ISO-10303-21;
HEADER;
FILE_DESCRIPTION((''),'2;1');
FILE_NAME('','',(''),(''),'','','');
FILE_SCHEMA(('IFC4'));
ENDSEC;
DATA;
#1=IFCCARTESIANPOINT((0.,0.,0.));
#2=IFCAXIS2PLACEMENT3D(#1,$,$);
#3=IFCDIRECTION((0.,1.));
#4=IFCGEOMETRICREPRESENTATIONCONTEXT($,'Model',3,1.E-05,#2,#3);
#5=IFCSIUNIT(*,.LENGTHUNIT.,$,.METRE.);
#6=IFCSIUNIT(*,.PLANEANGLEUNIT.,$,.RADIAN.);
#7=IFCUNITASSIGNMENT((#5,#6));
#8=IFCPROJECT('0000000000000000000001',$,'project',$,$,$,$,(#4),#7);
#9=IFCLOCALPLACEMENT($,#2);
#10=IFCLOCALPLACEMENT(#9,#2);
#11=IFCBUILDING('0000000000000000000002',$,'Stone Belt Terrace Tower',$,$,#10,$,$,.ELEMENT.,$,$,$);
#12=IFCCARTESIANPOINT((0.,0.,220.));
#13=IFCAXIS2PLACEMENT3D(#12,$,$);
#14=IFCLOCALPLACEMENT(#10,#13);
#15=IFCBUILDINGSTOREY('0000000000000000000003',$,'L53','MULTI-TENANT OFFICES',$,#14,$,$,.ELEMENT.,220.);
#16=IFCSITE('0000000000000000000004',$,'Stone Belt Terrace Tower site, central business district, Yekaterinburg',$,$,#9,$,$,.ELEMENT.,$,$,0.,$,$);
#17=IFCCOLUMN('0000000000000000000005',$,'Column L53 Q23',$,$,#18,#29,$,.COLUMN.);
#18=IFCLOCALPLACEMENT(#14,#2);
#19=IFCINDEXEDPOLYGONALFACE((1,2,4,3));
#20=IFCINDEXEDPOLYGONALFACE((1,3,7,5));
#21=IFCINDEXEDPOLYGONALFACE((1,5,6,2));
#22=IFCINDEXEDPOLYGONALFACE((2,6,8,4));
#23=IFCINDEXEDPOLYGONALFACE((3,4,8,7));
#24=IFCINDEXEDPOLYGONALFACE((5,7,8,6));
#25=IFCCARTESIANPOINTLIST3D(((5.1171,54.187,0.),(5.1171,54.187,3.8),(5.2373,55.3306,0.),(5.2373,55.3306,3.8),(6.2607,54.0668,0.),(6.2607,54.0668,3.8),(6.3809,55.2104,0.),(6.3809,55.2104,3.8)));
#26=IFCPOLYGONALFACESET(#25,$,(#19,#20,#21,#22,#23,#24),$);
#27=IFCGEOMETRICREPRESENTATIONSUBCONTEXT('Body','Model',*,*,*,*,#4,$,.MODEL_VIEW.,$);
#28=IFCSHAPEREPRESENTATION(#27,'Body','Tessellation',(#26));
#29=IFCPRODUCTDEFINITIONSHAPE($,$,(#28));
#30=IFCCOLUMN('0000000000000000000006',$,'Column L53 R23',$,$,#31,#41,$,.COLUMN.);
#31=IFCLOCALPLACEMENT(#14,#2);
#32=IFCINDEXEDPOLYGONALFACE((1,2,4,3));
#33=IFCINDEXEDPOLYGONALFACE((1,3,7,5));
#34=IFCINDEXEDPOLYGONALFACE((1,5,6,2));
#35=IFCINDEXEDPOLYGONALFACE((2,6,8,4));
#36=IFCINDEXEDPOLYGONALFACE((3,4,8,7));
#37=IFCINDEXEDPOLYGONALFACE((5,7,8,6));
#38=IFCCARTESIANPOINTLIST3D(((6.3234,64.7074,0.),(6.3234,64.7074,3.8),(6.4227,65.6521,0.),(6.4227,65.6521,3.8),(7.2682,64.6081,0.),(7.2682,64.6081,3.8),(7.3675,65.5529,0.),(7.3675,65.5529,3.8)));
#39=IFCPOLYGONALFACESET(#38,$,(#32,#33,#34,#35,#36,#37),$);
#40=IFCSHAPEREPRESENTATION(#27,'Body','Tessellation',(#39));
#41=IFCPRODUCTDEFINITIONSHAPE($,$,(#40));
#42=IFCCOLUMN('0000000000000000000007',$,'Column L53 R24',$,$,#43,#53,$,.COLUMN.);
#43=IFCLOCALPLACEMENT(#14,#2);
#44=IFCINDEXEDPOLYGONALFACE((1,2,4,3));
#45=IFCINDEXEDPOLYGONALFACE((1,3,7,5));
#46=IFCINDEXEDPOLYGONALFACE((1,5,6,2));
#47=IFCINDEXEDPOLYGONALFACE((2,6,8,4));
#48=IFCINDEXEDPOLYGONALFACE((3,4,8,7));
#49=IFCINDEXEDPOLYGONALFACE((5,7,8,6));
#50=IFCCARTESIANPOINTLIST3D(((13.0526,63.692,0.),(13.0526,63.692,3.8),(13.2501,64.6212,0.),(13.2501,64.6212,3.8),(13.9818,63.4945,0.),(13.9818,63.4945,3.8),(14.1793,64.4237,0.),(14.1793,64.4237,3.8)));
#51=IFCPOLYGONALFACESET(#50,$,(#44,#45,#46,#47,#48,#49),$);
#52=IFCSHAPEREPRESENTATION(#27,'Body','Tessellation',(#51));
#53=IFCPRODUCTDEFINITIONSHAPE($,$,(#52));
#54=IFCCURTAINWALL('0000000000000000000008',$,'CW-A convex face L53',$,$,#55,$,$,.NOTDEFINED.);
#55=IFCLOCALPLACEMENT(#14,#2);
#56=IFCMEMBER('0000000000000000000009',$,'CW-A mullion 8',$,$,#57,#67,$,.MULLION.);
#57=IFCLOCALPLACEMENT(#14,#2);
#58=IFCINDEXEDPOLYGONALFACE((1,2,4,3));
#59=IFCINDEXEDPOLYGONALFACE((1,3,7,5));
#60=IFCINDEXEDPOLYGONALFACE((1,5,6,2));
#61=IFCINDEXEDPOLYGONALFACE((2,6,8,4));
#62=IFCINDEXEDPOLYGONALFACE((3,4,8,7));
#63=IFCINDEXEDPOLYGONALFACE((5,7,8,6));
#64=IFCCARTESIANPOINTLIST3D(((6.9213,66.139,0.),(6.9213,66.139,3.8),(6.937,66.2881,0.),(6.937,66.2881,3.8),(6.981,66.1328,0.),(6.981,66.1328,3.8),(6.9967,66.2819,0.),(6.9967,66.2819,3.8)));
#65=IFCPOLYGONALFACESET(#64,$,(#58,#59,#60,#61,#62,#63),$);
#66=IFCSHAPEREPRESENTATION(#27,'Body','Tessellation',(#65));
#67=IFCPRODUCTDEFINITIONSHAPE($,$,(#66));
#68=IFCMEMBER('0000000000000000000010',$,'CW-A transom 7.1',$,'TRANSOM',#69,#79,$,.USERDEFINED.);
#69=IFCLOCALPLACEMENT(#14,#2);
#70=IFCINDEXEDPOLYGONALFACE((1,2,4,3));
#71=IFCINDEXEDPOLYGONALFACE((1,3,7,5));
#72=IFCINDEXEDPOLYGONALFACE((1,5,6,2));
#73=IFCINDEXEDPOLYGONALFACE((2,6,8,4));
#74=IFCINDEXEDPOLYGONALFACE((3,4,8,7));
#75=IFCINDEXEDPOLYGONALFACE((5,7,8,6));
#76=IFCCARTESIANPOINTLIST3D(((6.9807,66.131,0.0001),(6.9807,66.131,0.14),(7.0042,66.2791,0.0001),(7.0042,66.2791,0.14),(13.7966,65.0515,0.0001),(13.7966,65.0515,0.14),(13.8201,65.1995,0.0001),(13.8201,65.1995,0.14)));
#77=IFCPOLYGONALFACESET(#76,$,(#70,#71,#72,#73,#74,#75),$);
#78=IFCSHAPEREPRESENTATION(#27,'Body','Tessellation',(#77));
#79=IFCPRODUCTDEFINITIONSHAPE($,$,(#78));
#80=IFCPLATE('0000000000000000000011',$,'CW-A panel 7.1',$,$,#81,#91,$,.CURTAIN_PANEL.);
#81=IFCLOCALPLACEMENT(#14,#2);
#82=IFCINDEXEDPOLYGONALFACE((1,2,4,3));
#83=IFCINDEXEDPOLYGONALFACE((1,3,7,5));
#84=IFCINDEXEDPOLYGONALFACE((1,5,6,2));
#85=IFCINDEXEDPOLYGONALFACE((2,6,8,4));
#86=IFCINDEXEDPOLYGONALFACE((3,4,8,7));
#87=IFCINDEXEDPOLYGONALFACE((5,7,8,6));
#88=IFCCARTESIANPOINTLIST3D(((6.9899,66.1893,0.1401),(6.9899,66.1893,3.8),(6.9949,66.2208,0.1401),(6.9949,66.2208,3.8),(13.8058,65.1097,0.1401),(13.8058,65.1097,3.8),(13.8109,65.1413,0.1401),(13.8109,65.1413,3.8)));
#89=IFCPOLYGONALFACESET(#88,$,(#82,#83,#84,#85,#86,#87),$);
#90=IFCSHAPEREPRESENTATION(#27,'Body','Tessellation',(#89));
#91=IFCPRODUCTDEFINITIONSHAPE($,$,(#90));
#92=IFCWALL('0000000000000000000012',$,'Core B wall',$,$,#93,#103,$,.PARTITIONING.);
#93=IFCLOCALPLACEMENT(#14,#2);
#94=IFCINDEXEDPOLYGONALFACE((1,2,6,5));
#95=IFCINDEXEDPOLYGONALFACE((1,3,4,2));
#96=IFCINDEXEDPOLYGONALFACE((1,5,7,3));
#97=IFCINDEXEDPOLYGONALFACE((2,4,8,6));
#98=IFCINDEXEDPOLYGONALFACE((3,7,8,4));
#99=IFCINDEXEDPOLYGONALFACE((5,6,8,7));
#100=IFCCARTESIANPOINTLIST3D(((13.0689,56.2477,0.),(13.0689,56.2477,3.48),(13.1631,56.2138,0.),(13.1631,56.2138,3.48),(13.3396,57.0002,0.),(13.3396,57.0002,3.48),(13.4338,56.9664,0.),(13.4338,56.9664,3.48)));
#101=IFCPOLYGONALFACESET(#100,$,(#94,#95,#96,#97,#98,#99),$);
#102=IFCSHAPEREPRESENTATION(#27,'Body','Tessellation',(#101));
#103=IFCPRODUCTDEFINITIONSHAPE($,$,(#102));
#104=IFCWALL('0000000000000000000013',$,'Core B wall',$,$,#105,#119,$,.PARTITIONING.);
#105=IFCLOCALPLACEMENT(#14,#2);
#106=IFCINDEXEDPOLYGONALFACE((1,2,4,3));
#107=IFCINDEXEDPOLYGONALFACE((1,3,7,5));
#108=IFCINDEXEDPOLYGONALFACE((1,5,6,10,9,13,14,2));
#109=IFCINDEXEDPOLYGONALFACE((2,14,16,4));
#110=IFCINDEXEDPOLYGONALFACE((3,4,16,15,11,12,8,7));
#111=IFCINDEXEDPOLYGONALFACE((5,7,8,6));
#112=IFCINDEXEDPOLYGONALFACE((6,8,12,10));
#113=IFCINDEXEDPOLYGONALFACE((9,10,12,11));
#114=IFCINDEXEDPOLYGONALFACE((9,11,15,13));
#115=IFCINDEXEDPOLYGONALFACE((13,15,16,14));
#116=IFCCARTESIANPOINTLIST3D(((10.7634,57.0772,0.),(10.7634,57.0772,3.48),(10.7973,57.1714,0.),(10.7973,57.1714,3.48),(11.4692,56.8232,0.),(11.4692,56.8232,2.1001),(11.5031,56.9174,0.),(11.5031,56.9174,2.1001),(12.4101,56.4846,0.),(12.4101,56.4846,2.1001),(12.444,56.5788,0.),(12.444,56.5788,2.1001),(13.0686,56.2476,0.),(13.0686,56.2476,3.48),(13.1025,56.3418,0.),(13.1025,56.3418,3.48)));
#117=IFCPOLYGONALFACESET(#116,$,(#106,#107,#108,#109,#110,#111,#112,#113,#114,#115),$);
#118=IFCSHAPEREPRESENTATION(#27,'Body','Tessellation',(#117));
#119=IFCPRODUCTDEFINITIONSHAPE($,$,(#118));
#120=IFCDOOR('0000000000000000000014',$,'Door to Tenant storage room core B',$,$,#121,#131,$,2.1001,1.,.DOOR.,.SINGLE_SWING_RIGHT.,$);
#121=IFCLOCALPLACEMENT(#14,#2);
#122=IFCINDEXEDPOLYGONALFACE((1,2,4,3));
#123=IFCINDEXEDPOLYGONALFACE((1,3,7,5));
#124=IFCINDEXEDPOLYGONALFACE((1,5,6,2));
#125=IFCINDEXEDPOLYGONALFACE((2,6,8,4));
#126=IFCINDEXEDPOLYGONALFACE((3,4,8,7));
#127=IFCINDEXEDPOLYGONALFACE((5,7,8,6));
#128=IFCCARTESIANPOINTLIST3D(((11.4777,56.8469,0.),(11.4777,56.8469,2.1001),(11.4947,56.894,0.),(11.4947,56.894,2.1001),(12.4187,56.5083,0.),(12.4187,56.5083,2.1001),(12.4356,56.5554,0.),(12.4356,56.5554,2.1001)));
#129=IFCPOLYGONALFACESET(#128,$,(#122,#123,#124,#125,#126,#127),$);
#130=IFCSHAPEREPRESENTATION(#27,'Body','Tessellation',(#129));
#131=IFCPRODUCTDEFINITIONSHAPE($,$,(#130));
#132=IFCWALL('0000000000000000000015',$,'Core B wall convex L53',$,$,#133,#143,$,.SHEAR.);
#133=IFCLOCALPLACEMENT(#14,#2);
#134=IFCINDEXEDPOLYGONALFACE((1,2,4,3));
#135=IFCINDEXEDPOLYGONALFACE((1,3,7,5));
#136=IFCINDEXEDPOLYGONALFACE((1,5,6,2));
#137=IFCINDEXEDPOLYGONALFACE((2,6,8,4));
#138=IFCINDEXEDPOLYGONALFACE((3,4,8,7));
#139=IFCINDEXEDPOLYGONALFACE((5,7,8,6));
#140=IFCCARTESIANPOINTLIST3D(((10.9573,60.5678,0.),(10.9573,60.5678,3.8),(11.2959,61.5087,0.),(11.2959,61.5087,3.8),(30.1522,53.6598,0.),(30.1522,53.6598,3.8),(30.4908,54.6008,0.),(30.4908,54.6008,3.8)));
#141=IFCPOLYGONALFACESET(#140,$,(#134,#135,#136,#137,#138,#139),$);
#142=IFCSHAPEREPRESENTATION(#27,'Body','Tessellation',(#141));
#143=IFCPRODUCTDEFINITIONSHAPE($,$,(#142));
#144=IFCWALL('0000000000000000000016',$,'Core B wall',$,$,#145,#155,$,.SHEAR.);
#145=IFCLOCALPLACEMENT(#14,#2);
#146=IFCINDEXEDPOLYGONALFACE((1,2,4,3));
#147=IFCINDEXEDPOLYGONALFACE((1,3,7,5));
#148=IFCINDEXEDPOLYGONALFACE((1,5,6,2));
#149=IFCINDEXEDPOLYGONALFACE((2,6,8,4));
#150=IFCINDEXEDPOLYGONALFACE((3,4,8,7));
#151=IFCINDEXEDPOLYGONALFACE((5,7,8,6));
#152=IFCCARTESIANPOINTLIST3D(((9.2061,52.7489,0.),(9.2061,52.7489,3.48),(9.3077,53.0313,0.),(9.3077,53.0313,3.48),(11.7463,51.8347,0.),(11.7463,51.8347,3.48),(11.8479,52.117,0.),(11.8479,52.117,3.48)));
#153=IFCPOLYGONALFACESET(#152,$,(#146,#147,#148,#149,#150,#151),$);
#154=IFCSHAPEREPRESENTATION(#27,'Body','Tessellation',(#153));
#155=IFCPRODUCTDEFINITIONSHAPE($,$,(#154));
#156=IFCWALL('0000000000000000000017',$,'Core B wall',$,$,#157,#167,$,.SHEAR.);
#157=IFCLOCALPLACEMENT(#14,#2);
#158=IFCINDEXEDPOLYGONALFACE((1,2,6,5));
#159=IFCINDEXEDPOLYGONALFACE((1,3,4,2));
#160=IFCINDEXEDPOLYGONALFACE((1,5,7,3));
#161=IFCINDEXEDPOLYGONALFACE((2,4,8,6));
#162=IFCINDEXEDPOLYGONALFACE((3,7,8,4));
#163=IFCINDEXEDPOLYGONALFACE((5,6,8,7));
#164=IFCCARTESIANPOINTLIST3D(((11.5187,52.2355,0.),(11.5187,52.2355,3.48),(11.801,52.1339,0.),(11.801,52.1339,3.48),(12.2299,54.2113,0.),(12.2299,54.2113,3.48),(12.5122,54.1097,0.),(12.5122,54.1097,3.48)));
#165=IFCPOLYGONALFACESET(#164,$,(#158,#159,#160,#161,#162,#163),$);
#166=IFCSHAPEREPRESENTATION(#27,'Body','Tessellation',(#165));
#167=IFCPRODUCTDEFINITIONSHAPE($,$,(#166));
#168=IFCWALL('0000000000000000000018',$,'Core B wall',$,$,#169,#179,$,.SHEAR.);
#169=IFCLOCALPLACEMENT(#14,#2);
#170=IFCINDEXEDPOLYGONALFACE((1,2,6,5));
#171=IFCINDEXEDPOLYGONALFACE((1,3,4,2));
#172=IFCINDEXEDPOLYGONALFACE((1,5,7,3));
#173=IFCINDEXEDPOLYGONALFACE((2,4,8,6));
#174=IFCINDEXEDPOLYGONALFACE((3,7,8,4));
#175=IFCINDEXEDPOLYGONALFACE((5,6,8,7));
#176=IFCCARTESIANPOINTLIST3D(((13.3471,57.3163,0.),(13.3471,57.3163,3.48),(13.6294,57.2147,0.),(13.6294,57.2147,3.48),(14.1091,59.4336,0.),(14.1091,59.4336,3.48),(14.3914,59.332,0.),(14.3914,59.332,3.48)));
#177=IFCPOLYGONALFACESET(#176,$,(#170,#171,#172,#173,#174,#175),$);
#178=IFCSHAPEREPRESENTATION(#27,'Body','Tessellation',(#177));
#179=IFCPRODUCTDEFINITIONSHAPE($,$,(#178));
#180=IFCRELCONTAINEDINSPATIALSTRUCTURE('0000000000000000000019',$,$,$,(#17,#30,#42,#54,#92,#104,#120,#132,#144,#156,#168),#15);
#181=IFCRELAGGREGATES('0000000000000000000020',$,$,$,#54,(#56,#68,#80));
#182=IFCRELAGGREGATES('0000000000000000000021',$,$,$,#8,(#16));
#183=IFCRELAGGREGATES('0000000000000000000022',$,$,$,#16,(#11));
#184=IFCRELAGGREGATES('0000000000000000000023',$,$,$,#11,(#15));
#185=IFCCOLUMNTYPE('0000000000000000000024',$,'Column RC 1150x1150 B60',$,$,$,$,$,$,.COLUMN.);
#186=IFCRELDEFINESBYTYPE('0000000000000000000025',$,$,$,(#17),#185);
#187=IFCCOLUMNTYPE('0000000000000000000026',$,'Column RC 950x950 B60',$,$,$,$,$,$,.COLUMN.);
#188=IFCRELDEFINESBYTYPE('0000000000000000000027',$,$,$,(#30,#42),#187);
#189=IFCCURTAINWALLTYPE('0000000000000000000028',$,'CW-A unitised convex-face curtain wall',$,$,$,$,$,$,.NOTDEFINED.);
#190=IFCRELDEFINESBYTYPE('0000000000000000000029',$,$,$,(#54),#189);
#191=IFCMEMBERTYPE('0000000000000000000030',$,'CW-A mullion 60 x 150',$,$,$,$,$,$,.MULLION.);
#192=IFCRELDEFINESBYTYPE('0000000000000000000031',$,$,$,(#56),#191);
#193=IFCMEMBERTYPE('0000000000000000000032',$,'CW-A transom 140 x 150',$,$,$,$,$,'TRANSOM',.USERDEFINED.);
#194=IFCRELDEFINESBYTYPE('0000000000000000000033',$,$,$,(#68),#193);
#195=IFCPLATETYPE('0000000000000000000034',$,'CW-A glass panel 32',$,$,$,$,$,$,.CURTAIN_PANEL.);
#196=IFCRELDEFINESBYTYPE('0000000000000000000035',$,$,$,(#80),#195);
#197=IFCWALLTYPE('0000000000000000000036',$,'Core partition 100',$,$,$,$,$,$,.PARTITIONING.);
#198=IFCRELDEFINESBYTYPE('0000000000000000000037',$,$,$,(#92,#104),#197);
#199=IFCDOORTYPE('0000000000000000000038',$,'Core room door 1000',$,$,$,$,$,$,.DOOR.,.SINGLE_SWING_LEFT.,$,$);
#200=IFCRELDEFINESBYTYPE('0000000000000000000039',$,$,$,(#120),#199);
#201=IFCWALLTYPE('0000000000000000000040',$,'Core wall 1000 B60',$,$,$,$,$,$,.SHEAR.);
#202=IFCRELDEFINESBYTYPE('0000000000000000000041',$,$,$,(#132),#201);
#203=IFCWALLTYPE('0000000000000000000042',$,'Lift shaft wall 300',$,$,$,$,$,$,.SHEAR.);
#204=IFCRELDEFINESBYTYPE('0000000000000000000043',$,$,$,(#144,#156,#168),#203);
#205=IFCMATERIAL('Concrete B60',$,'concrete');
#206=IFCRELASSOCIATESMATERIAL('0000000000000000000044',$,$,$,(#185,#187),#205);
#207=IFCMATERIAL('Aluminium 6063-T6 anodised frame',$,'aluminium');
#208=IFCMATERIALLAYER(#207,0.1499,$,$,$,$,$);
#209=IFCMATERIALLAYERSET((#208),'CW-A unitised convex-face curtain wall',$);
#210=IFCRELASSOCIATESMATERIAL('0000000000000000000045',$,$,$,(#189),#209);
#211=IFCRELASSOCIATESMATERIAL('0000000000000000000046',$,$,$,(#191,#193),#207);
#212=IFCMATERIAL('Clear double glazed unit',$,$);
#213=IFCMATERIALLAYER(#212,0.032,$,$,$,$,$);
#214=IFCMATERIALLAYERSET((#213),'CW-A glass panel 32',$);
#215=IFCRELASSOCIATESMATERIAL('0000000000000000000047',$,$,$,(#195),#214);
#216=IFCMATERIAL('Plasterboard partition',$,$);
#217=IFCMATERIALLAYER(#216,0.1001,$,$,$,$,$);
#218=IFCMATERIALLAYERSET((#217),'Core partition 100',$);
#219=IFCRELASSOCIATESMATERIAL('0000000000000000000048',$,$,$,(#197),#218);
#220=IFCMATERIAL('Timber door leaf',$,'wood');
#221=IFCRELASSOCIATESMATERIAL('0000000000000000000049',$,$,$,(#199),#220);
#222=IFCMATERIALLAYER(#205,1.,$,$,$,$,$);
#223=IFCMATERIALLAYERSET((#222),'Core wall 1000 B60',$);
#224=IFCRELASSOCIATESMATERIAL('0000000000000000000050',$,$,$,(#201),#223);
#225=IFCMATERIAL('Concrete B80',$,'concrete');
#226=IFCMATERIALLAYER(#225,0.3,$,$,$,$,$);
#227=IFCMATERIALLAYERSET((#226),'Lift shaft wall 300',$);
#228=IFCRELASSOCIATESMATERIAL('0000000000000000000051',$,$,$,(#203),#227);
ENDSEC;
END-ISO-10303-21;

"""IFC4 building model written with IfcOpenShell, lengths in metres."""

from ifc_helpers import new_model, si_unit, direction, frame, frame_2d, origin, origin_2d, place, context, subcontext, project, spatial, rectangle, extrude, material, layer, layer_set, material_profile, profile_set, type_object, element, fill, aggregate, save


model = new_model("IFC4")

# Units and contexts
model_context = context("Model", 3, precision=1e-05, world=origin(), true_north=direction((0.0, 1.0)))
body_context = subcontext(model_context, "Body", "Model", "MODEL_VIEW")
ifc_project = project(units=[si_unit("LENGTHUNIT", "METRE"), si_unit("PLANEANGLEUNIT", "RADIAN")], contexts=[model_context])

# Site, building, storey
site_placement = place(None, origin())
site = spatial("IfcSite", under=ifc_project, at=site_placement, Name="Stone Belt Terrace Tower site, central business district, Yekaterinburg", CompositionType="ELEMENT", RefElevation=0.0)
building_placement = place(site_placement, origin())
building = spatial("IfcBuilding", under=site, at=building_placement, Name="Stone Belt Terrace Tower", CompositionType="ELEMENT")
storey_placement = place(building_placement, frame((0.0, 0.0, 220.0)))
storey = spatial("IfcBuildingStorey", under=building, at=storey_placement, Name="L53", Description="MULTI-TENANT OFFICES", CompositionType="ELEMENT", Elevation=220.0)

# Columns
ifc_material_1 = material(Name="Concrete B60", Category="concrete")
ifc_material_profile_1 = material_profile(ifc_material_1, rectangle(XDim=1.1499, YDim=1.1499, at=origin_2d()), Name="RC 1150x1150")
ifc_profile_set_1 = profile_set([ifc_material_profile_1], Name="Concrete B60")
column_type_1 = type_object("IfcColumnType", Name="Column RC 1150x1150 B60", PredefinedType="COLUMN", material=ifc_profile_set_1)
column_placement = place(storey_placement, frame((5.749, 54.6987, 0.0), z_axis=(0.0, 0.0, 1.0), x_axis=(0.994522, -0.104528, 0.0)))
element("IfcColumn", 1, at=column_placement, inside=storey, type_object=column_type_1, Name="Column L53 Q23", PredefinedType="COLUMN", context=body_context, shape_type="SweptSolid", body=[
    extrude(rectangle(XDim=1.1499, YDim=1.1499, at=origin_2d()), origin(), (0.0, 0.0, 1.0), 3.8),
])
ifc_material_profile_2 = material_profile(ifc_material_1, rectangle(XDim=0.95, YDim=0.95, at=origin_2d()), Name="RC 950x950")
ifc_profile_set_2 = profile_set([ifc_material_profile_2], Name="Concrete B60")
column_type_2 = type_object("IfcColumnType", Name="Column RC 950x950 B60", PredefinedType="COLUMN", material=ifc_profile_set_2)
for number, where, z_axis, x_axis, name in (
    (2, (6.8455, 65.1301, 0.0), (0.0, 0.0, 1.0), (0.994522, -0.104528, 0.0), "Column L53 R23"),
    (3, (13.616, 64.0579, 0.0), (0.0, 0.0, 1.0), (0.978148, -0.207912, 0.0), "Column L53 R24"),
):
    element("IfcColumn", number, at=place(storey_placement, frame(where, z_axis=z_axis, x_axis=x_axis)), inside=storey, type_object=column_type_2, Name=name, PredefinedType="COLUMN", context=body_context, shape_type="SweptSolid", body=[
        extrude(rectangle(XDim=0.95, YDim=0.95, at=origin_2d()), origin(), (0.0, 0.0, 1.0), 3.8),
    ])

# Curtain wall, members, plate
ifc_material_2 = material(Name="Aluminium 6063-T6 anodised frame", Category="aluminium")
ifc_layer_1 = layer(ifc_material_2, 0.1499)
ifc_layer_set_1 = layer_set([ifc_layer_1], Name="CW-A unitised convex-face curtain wall")
curtain_wall_type = type_object("IfcCurtainWallType", Name="CW-A unitised convex-face curtain wall", PredefinedType="NOTDEFINED", material=ifc_layer_set_1)
curtain_wall_placement = place(storey_placement, origin())
curtain_wall = element("IfcCurtainWall", 4, at=curtain_wall_placement, inside=storey, type_object=curtain_wall_type, Name="CW-A convex face L53", PredefinedType="NOTDEFINED")
ifc_material_profile_3 = material_profile(ifc_material_2, rectangle(XDim=0.1499, YDim=0.0601, at=origin_2d()), Name="Aluminium 6063-T6 60x150")
ifc_profile_set_3 = profile_set([ifc_material_profile_3], Name="Aluminium 6063-T6 anodised frame")
member_type_1 = type_object("IfcMemberType", Name="CW-A mullion 60 x 150", PredefinedType="MULLION", material=ifc_profile_set_3)
member_1_placement = place(storey_placement, frame((6.959, 66.2104, 0.0), z_axis=(0.0, 0.0, 1.0), x_axis=(-0.104528, -0.994522, 0.0)))
member_1 = element("IfcMember", 5, at=member_1_placement, type_object=member_type_1, Name="CW-A mullion 8", PredefinedType="MULLION", context=body_context, shape_type="SweptSolid", body=[
    extrude(rectangle(XDim=0.1499, YDim=0.0601, at=origin_2d()), origin(), (0.0, 0.0, 1.0), 3.8),
])
ifc_material_profile_4 = material_profile(ifc_material_2, rectangle(XDim=0.1499, YDim=0.1399, at=origin_2d()), Name="Aluminium 6063-T6 150x140")
ifc_profile_set_4 = profile_set([ifc_material_profile_4], Name="Aluminium 6063-T6 anodised frame")
member_type_2 = type_object("IfcMemberType", Name="CW-A transom 140 x 150", ElementType="TRANSOM", PredefinedType="USERDEFINED", material=ifc_profile_set_4)
member_2_placement = place(storey_placement, frame((13.8083, 65.1255, 0.0701), z_axis=(-0.987687, 0.156442, 0.0), x_axis=(-0.156442, -0.987687, 0.0)))
member_2 = element("IfcMember", 6, at=member_2_placement, type_object=member_type_2, Name="CW-A transom 7.1", ObjectType="TRANSOM", PredefinedType="USERDEFINED", context=body_context, shape_type="SweptSolid", body=[
    extrude(rectangle(XDim=0.1499, YDim=0.1399, at=origin_2d()), origin(), (0.0, 0.0, 1.0), 6.9009),
])
ifc_material_3 = material(Name="Clear double glazed unit")
ifc_layer_2 = layer(ifc_material_3, 0.032)
ifc_layer_set_2 = layer_set([ifc_layer_2], Name="CW-A glass panel 32")
plate_type = type_object("IfcPlateType", Name="CW-A glass panel 32", PredefinedType="CURTAIN_PANEL", material=ifc_layer_set_2)
plate_placement = place(storey_placement, frame((10.4004, 65.6653, 0.1401), z_axis=(0.0, 0.0, 1.0), x_axis=(-0.987688, 0.156434, 0.0)))
plate = element("IfcPlate", 7, at=plate_placement, type_object=plate_type, Name="CW-A panel 7.1", PredefinedType="CURTAIN_PANEL", context=body_context, shape_type="SweptSolid", body=[
    extrude(rectangle(XDim=6.9009, YDim=0.032, at=origin_2d()), origin(), (0.0, 0.0, 1.0), 3.6599),
])
aggregate(curtain_wall, [member_1, member_2, plate])

# Wall
ifc_material_4 = material(Name="Plasterboard partition")
ifc_layer_3 = layer(ifc_material_4, 0.1001)
ifc_layer_set_3 = layer_set([ifc_layer_3], Name="Core partition 100")
wall_type_1 = type_object("IfcWallType", Name="Core partition 100", PredefinedType="PARTITIONING", material=ifc_layer_set_3)
wall_1_placement = place(storey_placement, frame((13.116, 56.2307, 0.0), z_axis=(0.0, 0.0, 1.0), x_axis=(0.338482, 0.940973, 0.0)))
element("IfcWall", 8, at=wall_1_placement, inside=storey, type_object=wall_type_1, Name="Core B wall", PredefinedType="PARTITIONING", context=body_context, shape_type="SweptSolid", body=[
    extrude(rectangle(XDim=0.7998, YDim=0.1001, at=frame_2d((0.3999, 0.0))), origin(), (0.0, 0.0, 1.0), 3.48),
])

# Wall, opening, door
wall_2_placement = place(storey_placement, frame((13.0857, 56.2947, 0.0), z_axis=(0.0, 0.0, 1.0), x_axis=(-0.940923, 0.338621, 0.0)))
wall_2 = element("IfcWall", 9, at=wall_2_placement, inside=storey, type_object=wall_type_1, Name="Core B wall", PredefinedType="PARTITIONING", context=body_context, shape_type="SweptSolid", body=[
    extrude(rectangle(XDim=2.45, YDim=0.1001, at=frame_2d((1.2251, 0.0))), origin(), (0.0, 0.0, 1.0), 3.48),
])
opening_1_placement = place(wall_2_placement, frame((0.7, 0.0, 0.0)))
opening_1 = element("IfcOpeningElement", 10, at=opening_1_placement, cuts=wall_2, PredefinedType="OPENING", context=body_context, shape_type="SweptSolid", body=[
    extrude(rectangle(XDim=1.0, YDim=2.1001, at=frame_2d((0.5, 1.05))), frame((0.0, 0.0601, 0.0), z_axis=(0.0, -1.0, 0.0), x_axis=(1.0, 0.0, 0.0)), (0.0, 0.0, 1.0), 0.1201),
])
ifc_material_5 = material(Name="Timber door leaf", Category="wood")
door_type_1 = type_object("IfcDoorType", Name="Core room door 1000", OperationType="SINGLE_SWING_LEFT", PredefinedType="DOOR", material=ifc_material_5)
door_1_placement = place(opening_1_placement, origin())
door_1 = element("IfcDoor", 11, at=door_1_placement, inside=storey, type_object=door_type_1, Name="Door to Tenant storage room core B", OperationType="SINGLE_SWING_RIGHT", OverallHeight=2.1001, OverallWidth=1.0, PredefinedType="DOOR", context=body_context, shape_type="SweptSolid", body=[
    extrude(rectangle(XDim=1.0, YDim=2.1001, at=frame_2d((0.5, 1.05))), frame((0.0, 0.0249, 0.0), z_axis=(0.0, -1.0, 0.0), x_axis=(1.0, 0.0, 0.0)), (0.0, 0.0, 1.0), 0.05),
])
fill(opening_1, door_1)

# Walls
ifc_layer_4 = layer(ifc_material_1, 1.0)
ifc_layer_set_4 = layer_set([ifc_layer_4], Name="Core wall 1000 B60")
wall_type_2 = type_object("IfcWallType", Name="Core wall 1000 B60", PredefinedType="SHEAR", material=ifc_layer_set_4)
wall_3_placement = place(storey_placement, frame((11.1265, 61.0383, 0.0), z_axis=(0.0, 0.0, 1.0), x_axis=(0.940921, -0.338625, 0.0)))
element("IfcWall", 12, at=wall_3_placement, inside=storey, type_object=wall_type_2, Name="Core B wall convex L53", PredefinedType="SHEAR", context=body_context, shape_type="SweptSolid", body=[
    extrude(rectangle(XDim=20.4001, YDim=1.0, at=frame_2d((10.2002, 0.0))), origin(), (0.0, 0.0, 1.0), 3.8),
])
ifc_material_6 = material(Name="Concrete B80", Category="concrete")
ifc_layer_5 = layer(ifc_material_6, 0.3)
ifc_layer_set_5 = layer_set([ifc_layer_5], Name="Lift shaft wall 300")
wall_type_3 = type_object("IfcWallType", Name="Lift shaft wall 300", PredefinedType="SHEAR", material=ifc_layer_set_5)
wall_4_placement = place(storey_placement, frame((11.7971, 51.9758, 0.0), z_axis=(0.0, 0.0, 1.0), x_axis=(-0.94091, 0.338655, 0.0)))
element("IfcWall", 13, at=wall_4_placement, inside=storey, type_object=wall_type_3, Name="Core B wall", PredefinedType="SHEAR", context=body_context, shape_type="SweptSolid", body=[
    extrude(rectangle(XDim=2.6997, YDim=0.3, at=frame_2d((1.3499, 0.0))), origin(), (0.0, 0.0, 1.0), 3.48),
])
wall_5_placement = place(storey_placement, frame((11.6599, 52.1848, 0.0), z_axis=(0.0, 0.0, 1.0), x_axis=(0.33867, 0.940905, 0.0)))
element("IfcWall", 14, at=wall_5_placement, inside=storey, type_object=wall_type_3, Name="Core B wall", PredefinedType="SHEAR", context=body_context, shape_type="SweptSolid", body=[
    extrude(rectangle(XDim=2.0999, YDim=0.3, at=frame_2d((1.0498, 0.0))), origin(), (0.0, 0.0, 1.0), 3.48),
])
wall_6_placement = place(storey_placement, frame((13.4883, 57.2656, 0.0), z_axis=(0.0, 0.0, 1.0), x_axis=(0.338631, 0.940919, 0.0)))
element("IfcWall", 15, at=wall_6_placement, inside=storey, type_object=wall_type_3, Name="Core B wall", PredefinedType="SHEAR", context=body_context, shape_type="SweptSolid", body=[
    extrude(rectangle(XDim=2.2502, YDim=0.3, at=frame_2d((1.125, 0.0))), origin(), (0.0, 0.0, 1.0), 3.48),
])

save(model, "model.ifc")
